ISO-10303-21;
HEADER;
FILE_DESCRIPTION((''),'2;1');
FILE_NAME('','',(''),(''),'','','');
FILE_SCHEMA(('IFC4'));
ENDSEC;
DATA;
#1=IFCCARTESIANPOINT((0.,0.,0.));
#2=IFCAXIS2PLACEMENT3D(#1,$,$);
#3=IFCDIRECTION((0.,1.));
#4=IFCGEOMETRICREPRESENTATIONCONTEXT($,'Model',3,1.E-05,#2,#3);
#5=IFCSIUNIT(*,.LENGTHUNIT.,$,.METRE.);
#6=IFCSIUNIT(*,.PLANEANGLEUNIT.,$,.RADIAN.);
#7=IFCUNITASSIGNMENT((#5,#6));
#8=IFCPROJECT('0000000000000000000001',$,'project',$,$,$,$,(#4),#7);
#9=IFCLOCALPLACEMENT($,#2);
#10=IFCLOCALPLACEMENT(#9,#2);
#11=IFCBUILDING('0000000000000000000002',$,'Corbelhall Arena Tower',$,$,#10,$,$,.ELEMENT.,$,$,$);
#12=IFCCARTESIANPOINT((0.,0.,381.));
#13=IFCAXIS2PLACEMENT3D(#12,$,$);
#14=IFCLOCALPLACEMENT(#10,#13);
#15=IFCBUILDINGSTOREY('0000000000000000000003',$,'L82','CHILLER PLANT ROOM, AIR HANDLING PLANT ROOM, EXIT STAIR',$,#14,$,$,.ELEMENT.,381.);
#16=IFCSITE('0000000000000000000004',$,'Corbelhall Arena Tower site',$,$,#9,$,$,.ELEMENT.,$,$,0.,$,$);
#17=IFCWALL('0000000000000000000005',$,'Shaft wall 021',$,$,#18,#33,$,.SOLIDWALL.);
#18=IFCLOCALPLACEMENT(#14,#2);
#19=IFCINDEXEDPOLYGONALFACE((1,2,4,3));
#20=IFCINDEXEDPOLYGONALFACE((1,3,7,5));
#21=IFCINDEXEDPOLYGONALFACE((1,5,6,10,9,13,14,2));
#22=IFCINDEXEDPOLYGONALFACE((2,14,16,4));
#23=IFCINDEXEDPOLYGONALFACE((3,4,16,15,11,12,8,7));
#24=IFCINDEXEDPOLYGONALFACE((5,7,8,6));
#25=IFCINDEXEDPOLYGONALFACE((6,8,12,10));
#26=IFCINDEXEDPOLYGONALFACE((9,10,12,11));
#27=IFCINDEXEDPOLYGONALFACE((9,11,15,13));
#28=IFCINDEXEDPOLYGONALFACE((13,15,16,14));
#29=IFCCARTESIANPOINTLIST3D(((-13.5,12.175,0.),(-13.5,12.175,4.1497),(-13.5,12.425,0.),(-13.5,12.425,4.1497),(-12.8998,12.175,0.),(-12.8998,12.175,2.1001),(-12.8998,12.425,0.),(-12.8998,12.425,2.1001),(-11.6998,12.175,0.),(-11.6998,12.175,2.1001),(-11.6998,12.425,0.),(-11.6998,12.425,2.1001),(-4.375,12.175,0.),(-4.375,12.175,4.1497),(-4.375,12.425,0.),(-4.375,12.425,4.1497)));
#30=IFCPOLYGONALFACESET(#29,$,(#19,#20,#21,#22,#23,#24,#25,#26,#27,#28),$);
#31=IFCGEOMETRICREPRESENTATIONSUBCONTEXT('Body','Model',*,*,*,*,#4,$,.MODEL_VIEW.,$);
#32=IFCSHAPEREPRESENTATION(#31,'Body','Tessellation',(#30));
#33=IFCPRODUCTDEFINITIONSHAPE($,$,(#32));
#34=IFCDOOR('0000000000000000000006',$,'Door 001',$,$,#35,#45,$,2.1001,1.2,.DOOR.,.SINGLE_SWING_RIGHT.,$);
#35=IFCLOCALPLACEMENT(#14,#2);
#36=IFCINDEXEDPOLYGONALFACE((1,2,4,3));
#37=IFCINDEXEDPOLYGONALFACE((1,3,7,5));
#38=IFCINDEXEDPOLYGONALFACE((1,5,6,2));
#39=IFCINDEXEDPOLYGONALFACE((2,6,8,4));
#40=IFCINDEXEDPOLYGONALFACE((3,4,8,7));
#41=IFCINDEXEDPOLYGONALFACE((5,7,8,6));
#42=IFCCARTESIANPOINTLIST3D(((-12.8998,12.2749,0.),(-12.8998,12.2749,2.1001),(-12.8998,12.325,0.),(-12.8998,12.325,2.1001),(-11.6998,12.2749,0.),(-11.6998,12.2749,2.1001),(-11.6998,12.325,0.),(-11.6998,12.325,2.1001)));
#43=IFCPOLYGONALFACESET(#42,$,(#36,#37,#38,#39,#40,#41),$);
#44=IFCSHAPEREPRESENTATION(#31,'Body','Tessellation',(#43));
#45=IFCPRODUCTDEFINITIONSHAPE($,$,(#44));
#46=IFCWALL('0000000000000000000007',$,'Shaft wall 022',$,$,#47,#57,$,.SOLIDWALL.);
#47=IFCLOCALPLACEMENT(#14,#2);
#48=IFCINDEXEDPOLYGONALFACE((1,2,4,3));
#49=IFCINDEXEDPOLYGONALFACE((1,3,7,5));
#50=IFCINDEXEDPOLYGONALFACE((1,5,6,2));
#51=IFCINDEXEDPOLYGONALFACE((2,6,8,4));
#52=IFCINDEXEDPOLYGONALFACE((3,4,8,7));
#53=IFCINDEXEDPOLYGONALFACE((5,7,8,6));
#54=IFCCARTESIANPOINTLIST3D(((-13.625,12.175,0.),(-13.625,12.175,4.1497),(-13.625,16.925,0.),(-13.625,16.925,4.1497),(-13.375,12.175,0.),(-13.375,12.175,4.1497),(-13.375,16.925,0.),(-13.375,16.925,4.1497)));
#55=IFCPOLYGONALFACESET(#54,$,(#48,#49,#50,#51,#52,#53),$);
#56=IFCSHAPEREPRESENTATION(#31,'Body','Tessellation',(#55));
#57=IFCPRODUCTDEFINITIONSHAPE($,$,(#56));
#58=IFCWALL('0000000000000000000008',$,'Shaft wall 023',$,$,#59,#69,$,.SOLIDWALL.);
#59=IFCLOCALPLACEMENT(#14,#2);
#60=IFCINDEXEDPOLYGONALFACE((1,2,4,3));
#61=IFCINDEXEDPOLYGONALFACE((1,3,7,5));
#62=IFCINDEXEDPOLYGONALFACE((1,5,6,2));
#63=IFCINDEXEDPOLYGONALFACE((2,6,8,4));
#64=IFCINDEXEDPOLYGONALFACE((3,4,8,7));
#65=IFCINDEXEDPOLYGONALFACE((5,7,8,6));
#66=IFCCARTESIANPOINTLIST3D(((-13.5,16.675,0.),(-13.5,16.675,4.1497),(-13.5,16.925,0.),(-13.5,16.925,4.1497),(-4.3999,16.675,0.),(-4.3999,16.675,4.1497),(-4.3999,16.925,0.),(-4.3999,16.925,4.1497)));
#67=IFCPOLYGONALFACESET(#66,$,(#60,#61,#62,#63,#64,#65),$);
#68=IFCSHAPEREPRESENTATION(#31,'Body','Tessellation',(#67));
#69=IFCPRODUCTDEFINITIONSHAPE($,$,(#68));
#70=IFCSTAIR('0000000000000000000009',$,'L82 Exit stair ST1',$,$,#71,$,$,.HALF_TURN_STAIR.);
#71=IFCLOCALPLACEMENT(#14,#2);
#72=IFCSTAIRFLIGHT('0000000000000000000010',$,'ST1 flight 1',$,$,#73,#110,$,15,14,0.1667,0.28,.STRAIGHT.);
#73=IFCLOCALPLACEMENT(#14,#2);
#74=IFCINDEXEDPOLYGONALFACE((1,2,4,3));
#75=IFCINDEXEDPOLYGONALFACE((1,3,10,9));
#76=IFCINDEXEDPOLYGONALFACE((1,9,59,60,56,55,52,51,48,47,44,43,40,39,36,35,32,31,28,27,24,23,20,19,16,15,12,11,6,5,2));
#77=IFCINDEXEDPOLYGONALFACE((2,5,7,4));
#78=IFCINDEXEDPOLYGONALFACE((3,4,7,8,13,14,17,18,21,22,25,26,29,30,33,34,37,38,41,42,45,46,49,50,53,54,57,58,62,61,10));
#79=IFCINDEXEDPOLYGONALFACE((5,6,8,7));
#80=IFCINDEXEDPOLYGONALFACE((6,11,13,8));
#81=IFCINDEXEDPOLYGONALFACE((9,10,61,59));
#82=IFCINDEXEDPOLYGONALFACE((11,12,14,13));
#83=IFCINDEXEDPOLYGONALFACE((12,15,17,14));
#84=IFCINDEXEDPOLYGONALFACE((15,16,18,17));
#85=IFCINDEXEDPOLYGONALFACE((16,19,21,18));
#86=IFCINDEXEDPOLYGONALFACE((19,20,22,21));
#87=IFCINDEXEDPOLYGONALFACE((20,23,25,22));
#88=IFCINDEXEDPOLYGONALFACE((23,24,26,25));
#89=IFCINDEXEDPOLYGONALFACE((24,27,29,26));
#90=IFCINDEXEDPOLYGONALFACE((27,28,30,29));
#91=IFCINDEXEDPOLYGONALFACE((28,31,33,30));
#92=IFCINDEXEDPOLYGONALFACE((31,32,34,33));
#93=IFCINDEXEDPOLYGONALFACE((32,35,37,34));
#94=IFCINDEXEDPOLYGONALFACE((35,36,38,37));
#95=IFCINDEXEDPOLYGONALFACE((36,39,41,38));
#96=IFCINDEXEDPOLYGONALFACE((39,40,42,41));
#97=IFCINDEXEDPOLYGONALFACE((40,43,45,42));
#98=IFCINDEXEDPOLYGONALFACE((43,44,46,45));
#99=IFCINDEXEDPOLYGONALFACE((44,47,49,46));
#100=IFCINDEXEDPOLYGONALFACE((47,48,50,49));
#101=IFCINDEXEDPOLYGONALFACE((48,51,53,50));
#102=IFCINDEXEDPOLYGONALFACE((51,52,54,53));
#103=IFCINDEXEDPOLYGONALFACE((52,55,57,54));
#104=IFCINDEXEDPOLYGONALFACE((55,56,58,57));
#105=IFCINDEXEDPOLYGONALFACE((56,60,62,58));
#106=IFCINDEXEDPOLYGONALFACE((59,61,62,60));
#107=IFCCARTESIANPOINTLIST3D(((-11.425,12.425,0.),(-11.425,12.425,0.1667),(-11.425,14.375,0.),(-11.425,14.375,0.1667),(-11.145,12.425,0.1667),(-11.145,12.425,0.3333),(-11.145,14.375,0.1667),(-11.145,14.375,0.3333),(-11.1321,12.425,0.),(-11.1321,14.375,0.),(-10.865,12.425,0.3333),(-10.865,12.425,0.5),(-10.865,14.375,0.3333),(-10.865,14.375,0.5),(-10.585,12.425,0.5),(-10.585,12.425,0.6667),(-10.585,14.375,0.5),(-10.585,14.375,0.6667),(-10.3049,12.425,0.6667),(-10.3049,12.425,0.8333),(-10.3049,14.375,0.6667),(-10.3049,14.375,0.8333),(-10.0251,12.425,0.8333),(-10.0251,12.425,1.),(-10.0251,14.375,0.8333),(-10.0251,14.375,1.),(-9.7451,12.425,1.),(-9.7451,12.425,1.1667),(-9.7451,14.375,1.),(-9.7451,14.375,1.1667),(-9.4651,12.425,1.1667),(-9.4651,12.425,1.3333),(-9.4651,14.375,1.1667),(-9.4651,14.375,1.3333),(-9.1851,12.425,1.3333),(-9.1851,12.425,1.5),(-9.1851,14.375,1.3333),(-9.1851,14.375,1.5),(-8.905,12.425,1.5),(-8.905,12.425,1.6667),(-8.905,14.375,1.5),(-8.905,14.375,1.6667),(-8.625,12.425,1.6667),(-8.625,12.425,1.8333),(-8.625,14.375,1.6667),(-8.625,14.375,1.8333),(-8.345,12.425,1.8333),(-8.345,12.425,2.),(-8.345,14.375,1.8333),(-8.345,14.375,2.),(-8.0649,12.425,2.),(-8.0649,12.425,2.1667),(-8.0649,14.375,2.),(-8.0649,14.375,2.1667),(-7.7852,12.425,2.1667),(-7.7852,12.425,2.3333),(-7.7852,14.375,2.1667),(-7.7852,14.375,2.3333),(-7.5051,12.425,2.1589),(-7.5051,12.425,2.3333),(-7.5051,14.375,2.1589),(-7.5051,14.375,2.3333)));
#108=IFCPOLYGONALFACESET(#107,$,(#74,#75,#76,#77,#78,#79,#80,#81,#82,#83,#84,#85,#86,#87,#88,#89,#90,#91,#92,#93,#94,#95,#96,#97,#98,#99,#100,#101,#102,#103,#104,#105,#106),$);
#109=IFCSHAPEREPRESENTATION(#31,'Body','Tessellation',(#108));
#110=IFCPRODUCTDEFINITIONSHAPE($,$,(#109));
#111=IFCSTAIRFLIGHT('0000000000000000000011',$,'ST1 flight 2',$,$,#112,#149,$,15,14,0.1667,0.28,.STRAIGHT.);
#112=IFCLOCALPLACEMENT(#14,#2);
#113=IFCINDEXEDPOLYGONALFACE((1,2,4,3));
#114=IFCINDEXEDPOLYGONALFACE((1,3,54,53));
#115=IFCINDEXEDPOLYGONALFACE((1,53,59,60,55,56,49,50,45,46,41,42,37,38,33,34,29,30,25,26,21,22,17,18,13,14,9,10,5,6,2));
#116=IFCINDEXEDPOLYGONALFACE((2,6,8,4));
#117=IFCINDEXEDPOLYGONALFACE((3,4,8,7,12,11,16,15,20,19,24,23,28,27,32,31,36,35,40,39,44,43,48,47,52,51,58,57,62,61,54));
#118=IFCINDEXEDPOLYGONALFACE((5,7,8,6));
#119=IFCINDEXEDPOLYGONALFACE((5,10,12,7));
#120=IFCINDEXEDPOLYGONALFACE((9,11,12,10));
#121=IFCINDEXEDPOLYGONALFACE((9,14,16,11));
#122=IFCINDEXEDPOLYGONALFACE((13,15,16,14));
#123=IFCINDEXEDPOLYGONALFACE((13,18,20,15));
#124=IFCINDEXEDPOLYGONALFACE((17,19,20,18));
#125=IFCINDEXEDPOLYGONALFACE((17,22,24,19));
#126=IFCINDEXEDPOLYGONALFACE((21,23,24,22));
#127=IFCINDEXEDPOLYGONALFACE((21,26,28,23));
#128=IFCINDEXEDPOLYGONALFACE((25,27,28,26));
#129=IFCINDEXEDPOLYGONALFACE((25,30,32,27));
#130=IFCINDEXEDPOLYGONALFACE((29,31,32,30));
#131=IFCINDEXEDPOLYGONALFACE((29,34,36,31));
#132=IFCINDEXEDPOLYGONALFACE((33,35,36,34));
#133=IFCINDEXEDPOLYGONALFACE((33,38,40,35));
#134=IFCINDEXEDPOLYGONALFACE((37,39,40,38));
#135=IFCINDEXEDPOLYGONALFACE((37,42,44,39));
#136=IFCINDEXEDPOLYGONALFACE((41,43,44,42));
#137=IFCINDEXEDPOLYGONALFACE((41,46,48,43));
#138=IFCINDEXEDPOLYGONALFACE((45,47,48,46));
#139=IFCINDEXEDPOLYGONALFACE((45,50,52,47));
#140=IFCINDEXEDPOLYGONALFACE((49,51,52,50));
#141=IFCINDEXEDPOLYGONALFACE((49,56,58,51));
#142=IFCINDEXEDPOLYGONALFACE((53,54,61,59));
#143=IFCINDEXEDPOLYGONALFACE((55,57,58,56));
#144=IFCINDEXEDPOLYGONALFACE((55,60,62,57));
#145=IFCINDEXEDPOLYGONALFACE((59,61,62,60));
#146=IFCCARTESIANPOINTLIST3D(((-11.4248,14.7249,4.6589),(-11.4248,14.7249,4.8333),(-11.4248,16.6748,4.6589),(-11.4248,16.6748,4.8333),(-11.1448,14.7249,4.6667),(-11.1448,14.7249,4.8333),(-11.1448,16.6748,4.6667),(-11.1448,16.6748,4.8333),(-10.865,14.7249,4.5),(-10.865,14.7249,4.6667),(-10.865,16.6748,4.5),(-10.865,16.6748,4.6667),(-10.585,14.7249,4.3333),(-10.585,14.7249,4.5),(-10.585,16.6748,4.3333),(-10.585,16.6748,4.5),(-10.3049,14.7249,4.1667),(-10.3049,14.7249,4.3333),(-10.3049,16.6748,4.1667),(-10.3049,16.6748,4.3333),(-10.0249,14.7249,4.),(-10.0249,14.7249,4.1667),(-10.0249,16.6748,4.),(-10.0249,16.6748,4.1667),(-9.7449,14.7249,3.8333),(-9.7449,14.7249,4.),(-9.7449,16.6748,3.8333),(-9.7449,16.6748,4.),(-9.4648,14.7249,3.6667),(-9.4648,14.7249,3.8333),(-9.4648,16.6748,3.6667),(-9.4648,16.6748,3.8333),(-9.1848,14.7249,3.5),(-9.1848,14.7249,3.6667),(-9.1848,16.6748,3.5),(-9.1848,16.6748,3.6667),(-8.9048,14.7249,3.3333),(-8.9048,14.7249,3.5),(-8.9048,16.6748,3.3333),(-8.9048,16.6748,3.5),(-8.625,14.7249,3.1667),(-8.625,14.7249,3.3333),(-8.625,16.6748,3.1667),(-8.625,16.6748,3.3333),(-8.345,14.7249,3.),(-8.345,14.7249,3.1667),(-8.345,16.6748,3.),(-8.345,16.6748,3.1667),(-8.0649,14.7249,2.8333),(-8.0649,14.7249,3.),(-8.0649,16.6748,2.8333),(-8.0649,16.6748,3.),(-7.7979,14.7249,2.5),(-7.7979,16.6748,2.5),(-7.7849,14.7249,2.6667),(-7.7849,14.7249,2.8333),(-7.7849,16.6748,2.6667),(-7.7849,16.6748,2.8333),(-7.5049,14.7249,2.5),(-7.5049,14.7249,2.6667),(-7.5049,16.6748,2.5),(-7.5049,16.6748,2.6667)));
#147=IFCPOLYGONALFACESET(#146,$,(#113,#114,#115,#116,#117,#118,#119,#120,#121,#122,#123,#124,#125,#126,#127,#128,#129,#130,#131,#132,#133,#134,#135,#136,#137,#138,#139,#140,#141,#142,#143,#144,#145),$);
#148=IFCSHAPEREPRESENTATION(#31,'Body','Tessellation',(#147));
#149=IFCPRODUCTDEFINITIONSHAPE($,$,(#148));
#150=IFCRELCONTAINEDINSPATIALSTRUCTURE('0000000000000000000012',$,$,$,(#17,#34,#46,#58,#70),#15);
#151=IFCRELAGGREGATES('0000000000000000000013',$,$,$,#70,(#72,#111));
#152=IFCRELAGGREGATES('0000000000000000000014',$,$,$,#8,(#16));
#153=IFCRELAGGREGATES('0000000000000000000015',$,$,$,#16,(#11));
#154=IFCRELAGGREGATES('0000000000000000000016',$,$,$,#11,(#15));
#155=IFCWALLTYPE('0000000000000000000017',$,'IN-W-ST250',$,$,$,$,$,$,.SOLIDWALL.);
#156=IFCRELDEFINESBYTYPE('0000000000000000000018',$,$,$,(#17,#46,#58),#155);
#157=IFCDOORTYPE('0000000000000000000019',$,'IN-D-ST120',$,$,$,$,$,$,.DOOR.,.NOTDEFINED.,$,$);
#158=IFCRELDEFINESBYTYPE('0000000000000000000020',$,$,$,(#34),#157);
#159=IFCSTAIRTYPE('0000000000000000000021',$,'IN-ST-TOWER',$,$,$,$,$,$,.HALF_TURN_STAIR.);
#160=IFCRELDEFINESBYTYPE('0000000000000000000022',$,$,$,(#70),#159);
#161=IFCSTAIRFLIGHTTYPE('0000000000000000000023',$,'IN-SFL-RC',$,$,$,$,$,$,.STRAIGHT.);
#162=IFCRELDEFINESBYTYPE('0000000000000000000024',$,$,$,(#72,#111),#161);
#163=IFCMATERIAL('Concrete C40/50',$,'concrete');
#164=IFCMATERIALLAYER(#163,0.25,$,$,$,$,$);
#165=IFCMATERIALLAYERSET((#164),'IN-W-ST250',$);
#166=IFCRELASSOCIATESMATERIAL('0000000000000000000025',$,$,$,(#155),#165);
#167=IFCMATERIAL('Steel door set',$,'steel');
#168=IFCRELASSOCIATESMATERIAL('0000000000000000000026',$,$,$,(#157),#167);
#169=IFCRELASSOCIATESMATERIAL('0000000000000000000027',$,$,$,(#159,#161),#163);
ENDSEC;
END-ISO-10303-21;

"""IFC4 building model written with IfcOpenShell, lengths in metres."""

from ifc_helpers import new_model, si_unit, direction, frame, frame_2d, origin, place, context, subcontext, project, spatial, polyline, rectangle, outline, extrude, material, layer, layer_set, type_object, element, fill, aggregate, save


model = new_model("IFC4")

# Units and contexts
model_context = context("Model", 3, precision=1e-05, world=origin(), true_north=direction((0.0, 1.0)))
body_context = subcontext(model_context, "Body", "Model", "MODEL_VIEW")
ifc_project = project(units=[si_unit("LENGTHUNIT", "METRE"), si_unit("PLANEANGLEUNIT", "RADIAN")], contexts=[model_context])

# Site, building, storey
site_placement = place(None, origin())
site = spatial("IfcSite", under=ifc_project, at=site_placement, Name="Corbelhall Arena Tower site", CompositionType="ELEMENT", RefElevation=0.0)
building_placement = place(site_placement, origin())
building = spatial("IfcBuilding", under=site, at=building_placement, Name="Corbelhall Arena Tower", CompositionType="ELEMENT")
storey_placement = place(building_placement, frame((0.0, 0.0, 381.0)))
storey = spatial("IfcBuildingStorey", under=building, at=storey_placement, Name="L82", Description="CHILLER PLANT ROOM, AIR HANDLING PLANT ROOM, EXIT STAIR", CompositionType="ELEMENT", Elevation=381.0)

# Shared definitions
ifc_material_1 = material(Name="Steel door set", Category="steel")

# Shared definitions
ifc_material_2 = material(Name="Concrete C40/50", Category="concrete")

# Wall, opening, door
ifc_layer_1 = layer(ifc_material_2, 0.25)
ifc_layer_set_1 = layer_set([ifc_layer_1], Name="IN-W-ST250")
wall_type_1 = type_object("IfcWallType", Name="IN-W-ST250", PredefinedType="SOLIDWALL", material=ifc_layer_set_1)
wall_1_placement = place(storey_placement, frame((-13.5, 12.3, 0.0), z_axis=(0.0, 0.0, 1.0), x_axis=(1.0, 0.0, 0.0)))
wall_1 = element("IfcWall", 1, at=wall_1_placement, inside=storey, type_object=wall_type_1, Name="Shaft wall 021", PredefinedType="SOLIDWALL", context=body_context, shape_type="SweptSolid", body=[
    extrude(rectangle(XDim=9.125, YDim=0.25, at=frame_2d((4.5625, 0.0))), origin(), (0.0, 0.0, 1.0), 4.1497),
])
opening_1_placement = place(wall_1_placement, frame((0.6001, 0.0, 0.0)))
opening_1 = element("IfcOpeningElement", 2, at=opening_1_placement, cuts=wall_1, PredefinedType="OPENING", context=body_context, shape_type="SweptSolid", body=[
    extrude(rectangle(XDim=1.2, YDim=2.1001, at=frame_2d((0.6001, 1.05))), frame((0.0, 0.125, 0.0), z_axis=(0.0, -1.0, 0.0), x_axis=(1.0, 0.0, 0.0)), (0.0, 0.0, 1.0), 0.25),
])
door_type_1 = type_object("IfcDoorType", Name="IN-D-ST120", OperationType="NOTDEFINED", PredefinedType="DOOR", material=ifc_material_1)
door_1_placement = place(opening_1_placement, origin())
door_1 = element("IfcDoor", 3, at=door_1_placement, inside=storey, type_object=door_type_1, Name="Door 001", OperationType="SINGLE_SWING_RIGHT", OverallHeight=2.1001, OverallWidth=1.2, PredefinedType="DOOR", context=body_context, shape_type="SweptSolid", body=[
    extrude(rectangle(XDim=1.2, YDim=2.1001, at=frame_2d((0.6001, 1.05))), frame((0.0, 0.0249, 0.0), z_axis=(0.0, -1.0, 0.0), x_axis=(1.0, 0.0, 0.0)), (0.0, 0.0, 1.0), 0.05),
])
fill(opening_1, door_1)

# Walls
wall_2_placement = place(storey_placement, frame((-13.5, 12.175, 0.0), z_axis=(0.0, 0.0, 1.0), x_axis=(0.0, 1.0, 0.0)))
element("IfcWall", 4, at=wall_2_placement, inside=storey, type_object=wall_type_1, Name="Shaft wall 022", PredefinedType="SOLIDWALL", context=body_context, shape_type="SweptSolid", body=[
    extrude(rectangle(XDim=4.75, YDim=0.25, at=frame_2d((2.375, 0.0))), origin(), (0.0, 0.0, 1.0), 4.1497),
])
wall_3_placement = place(storey_placement, frame((-13.5, 16.8, 0.0), z_axis=(0.0, 0.0, 1.0), x_axis=(1.0, 0.0, 0.0)))
element("IfcWall", 5, at=wall_3_placement, inside=storey, type_object=wall_type_1, Name="Shaft wall 023", PredefinedType="SOLIDWALL", context=body_context, shape_type="SweptSolid", body=[
    extrude(rectangle(XDim=9.1001, YDim=0.25, at=frame_2d((4.55, 0.0))), origin(), (0.0, 0.0, 1.0), 4.1497),
])

# Stair, stair flights
stair_type = type_object("IfcStairType", Name="IN-ST-TOWER", PredefinedType="HALF_TURN_STAIR", material=ifc_material_2)
stair_placement = place(storey_placement, origin())
stair = element("IfcStair", 6, at=stair_placement, inside=storey, type_object=stair_type, Name="L82 Exit stair ST1", PredefinedType="HALF_TURN_STAIR")
stair_flight_type = type_object("IfcStairFlightType", Name="IN-SFL-RC", PredefinedType="STRAIGHT", material=ifc_material_2)
stair_flight_1_placement = place(storey_placement, frame((-11.425, 13.3999, 0.0), z_axis=(0.0, 0.0, 1.0), x_axis=(1.0, 0.0, 0.0)))
stair_flight_1 = element("IfcStairFlight", 7, at=stair_flight_1_placement, type_object=stair_flight_type, Name="ST1 flight 1", NumberOfRisers=15, NumberOfTreads=14, PredefinedType="STRAIGHT", RiserHeight=0.1667, TreadLength=0.28, context=body_context, shape_type="SweptSolid", body=[
    extrude(outline(polyline([(0.0, 0.0), (0.0, 0.1667), (0.28, 0.1667), (0.28, 0.3333), (0.5601, 0.3333), (0.5601, 0.5), (0.8401, 0.5), (0.8401, 0.6667), (1.1201, 0.6667), (1.1201, 0.8333), (1.3999, 0.8333), (1.3999, 1.0), (1.6799, 1.0), (1.6799, 1.1667), (1.96, 1.1667), (1.96, 1.3333), (2.24, 1.3333), (2.24, 1.5), (2.52, 1.5), (2.52, 1.6667), (2.8, 1.6667), (2.8, 1.8333), (3.0801, 1.8333), (3.0801, 2.0), (3.3601, 2.0), (3.3601, 2.1667), (3.6399, 2.1667), (3.6399, 2.3333), (3.9199, 2.3333), (3.9199, 2.5), (3.9199, 2.1589), (0.293, 0.0), (0.0, 0.0)])), frame((0.0, 0.9751, 0.0), z_axis=(0.0, -1.0, 0.0), x_axis=(1.0, 0.0, 0.0)), (0.0, 0.0, 1.0), 1.95),
])
stair_flight_2_placement = place(storey_placement, frame((-7.5049, 15.7, 2.5), z_axis=(0.0, 0.0, 1.0), x_axis=(-1.0, 0.0, 0.0)))
stair_flight_2 = element("IfcStairFlight", 8, at=stair_flight_2_placement, type_object=stair_flight_type, Name="ST1 flight 2", NumberOfRisers=15, NumberOfTreads=14, PredefinedType="STRAIGHT", RiserHeight=0.1667, TreadLength=0.28, context=body_context, shape_type="SweptSolid", body=[
    extrude(outline(polyline([(0.0, 0.0), (0.0, 0.1667), (0.28, 0.1667), (0.28, 0.3333), (0.5601, 0.3333), (0.5601, 0.5), (0.8401, 0.5), (0.8401, 0.6667), (1.1201, 0.6667), (1.1201, 0.8333), (1.3999, 0.8333), (1.3999, 1.0), (1.6799, 1.0), (1.6799, 1.1667), (1.96, 1.1667), (1.96, 1.3333), (2.24, 1.3333), (2.24, 1.5), (2.52, 1.5), (2.52, 1.6667), (2.8, 1.6667), (2.8, 1.8333), (3.0801, 1.8333), (3.0801, 2.0), (3.3601, 2.0), (3.3601, 2.1667), (3.6399, 2.1667), (3.6399, 2.3333), (3.9199, 2.3333), (3.9199, 2.5), (3.9199, 2.1589), (0.293, 0.0), (0.0, 0.0)])), frame((0.0, 0.9751, 0.0), z_axis=(0.0, -1.0, 0.0), x_axis=(1.0, 0.0, 0.0)), (0.0, 0.0, 1.0), 1.95),
])
aggregate(stair, [stair_flight_1, stair_flight_2])

save(model, "model.ifc")
